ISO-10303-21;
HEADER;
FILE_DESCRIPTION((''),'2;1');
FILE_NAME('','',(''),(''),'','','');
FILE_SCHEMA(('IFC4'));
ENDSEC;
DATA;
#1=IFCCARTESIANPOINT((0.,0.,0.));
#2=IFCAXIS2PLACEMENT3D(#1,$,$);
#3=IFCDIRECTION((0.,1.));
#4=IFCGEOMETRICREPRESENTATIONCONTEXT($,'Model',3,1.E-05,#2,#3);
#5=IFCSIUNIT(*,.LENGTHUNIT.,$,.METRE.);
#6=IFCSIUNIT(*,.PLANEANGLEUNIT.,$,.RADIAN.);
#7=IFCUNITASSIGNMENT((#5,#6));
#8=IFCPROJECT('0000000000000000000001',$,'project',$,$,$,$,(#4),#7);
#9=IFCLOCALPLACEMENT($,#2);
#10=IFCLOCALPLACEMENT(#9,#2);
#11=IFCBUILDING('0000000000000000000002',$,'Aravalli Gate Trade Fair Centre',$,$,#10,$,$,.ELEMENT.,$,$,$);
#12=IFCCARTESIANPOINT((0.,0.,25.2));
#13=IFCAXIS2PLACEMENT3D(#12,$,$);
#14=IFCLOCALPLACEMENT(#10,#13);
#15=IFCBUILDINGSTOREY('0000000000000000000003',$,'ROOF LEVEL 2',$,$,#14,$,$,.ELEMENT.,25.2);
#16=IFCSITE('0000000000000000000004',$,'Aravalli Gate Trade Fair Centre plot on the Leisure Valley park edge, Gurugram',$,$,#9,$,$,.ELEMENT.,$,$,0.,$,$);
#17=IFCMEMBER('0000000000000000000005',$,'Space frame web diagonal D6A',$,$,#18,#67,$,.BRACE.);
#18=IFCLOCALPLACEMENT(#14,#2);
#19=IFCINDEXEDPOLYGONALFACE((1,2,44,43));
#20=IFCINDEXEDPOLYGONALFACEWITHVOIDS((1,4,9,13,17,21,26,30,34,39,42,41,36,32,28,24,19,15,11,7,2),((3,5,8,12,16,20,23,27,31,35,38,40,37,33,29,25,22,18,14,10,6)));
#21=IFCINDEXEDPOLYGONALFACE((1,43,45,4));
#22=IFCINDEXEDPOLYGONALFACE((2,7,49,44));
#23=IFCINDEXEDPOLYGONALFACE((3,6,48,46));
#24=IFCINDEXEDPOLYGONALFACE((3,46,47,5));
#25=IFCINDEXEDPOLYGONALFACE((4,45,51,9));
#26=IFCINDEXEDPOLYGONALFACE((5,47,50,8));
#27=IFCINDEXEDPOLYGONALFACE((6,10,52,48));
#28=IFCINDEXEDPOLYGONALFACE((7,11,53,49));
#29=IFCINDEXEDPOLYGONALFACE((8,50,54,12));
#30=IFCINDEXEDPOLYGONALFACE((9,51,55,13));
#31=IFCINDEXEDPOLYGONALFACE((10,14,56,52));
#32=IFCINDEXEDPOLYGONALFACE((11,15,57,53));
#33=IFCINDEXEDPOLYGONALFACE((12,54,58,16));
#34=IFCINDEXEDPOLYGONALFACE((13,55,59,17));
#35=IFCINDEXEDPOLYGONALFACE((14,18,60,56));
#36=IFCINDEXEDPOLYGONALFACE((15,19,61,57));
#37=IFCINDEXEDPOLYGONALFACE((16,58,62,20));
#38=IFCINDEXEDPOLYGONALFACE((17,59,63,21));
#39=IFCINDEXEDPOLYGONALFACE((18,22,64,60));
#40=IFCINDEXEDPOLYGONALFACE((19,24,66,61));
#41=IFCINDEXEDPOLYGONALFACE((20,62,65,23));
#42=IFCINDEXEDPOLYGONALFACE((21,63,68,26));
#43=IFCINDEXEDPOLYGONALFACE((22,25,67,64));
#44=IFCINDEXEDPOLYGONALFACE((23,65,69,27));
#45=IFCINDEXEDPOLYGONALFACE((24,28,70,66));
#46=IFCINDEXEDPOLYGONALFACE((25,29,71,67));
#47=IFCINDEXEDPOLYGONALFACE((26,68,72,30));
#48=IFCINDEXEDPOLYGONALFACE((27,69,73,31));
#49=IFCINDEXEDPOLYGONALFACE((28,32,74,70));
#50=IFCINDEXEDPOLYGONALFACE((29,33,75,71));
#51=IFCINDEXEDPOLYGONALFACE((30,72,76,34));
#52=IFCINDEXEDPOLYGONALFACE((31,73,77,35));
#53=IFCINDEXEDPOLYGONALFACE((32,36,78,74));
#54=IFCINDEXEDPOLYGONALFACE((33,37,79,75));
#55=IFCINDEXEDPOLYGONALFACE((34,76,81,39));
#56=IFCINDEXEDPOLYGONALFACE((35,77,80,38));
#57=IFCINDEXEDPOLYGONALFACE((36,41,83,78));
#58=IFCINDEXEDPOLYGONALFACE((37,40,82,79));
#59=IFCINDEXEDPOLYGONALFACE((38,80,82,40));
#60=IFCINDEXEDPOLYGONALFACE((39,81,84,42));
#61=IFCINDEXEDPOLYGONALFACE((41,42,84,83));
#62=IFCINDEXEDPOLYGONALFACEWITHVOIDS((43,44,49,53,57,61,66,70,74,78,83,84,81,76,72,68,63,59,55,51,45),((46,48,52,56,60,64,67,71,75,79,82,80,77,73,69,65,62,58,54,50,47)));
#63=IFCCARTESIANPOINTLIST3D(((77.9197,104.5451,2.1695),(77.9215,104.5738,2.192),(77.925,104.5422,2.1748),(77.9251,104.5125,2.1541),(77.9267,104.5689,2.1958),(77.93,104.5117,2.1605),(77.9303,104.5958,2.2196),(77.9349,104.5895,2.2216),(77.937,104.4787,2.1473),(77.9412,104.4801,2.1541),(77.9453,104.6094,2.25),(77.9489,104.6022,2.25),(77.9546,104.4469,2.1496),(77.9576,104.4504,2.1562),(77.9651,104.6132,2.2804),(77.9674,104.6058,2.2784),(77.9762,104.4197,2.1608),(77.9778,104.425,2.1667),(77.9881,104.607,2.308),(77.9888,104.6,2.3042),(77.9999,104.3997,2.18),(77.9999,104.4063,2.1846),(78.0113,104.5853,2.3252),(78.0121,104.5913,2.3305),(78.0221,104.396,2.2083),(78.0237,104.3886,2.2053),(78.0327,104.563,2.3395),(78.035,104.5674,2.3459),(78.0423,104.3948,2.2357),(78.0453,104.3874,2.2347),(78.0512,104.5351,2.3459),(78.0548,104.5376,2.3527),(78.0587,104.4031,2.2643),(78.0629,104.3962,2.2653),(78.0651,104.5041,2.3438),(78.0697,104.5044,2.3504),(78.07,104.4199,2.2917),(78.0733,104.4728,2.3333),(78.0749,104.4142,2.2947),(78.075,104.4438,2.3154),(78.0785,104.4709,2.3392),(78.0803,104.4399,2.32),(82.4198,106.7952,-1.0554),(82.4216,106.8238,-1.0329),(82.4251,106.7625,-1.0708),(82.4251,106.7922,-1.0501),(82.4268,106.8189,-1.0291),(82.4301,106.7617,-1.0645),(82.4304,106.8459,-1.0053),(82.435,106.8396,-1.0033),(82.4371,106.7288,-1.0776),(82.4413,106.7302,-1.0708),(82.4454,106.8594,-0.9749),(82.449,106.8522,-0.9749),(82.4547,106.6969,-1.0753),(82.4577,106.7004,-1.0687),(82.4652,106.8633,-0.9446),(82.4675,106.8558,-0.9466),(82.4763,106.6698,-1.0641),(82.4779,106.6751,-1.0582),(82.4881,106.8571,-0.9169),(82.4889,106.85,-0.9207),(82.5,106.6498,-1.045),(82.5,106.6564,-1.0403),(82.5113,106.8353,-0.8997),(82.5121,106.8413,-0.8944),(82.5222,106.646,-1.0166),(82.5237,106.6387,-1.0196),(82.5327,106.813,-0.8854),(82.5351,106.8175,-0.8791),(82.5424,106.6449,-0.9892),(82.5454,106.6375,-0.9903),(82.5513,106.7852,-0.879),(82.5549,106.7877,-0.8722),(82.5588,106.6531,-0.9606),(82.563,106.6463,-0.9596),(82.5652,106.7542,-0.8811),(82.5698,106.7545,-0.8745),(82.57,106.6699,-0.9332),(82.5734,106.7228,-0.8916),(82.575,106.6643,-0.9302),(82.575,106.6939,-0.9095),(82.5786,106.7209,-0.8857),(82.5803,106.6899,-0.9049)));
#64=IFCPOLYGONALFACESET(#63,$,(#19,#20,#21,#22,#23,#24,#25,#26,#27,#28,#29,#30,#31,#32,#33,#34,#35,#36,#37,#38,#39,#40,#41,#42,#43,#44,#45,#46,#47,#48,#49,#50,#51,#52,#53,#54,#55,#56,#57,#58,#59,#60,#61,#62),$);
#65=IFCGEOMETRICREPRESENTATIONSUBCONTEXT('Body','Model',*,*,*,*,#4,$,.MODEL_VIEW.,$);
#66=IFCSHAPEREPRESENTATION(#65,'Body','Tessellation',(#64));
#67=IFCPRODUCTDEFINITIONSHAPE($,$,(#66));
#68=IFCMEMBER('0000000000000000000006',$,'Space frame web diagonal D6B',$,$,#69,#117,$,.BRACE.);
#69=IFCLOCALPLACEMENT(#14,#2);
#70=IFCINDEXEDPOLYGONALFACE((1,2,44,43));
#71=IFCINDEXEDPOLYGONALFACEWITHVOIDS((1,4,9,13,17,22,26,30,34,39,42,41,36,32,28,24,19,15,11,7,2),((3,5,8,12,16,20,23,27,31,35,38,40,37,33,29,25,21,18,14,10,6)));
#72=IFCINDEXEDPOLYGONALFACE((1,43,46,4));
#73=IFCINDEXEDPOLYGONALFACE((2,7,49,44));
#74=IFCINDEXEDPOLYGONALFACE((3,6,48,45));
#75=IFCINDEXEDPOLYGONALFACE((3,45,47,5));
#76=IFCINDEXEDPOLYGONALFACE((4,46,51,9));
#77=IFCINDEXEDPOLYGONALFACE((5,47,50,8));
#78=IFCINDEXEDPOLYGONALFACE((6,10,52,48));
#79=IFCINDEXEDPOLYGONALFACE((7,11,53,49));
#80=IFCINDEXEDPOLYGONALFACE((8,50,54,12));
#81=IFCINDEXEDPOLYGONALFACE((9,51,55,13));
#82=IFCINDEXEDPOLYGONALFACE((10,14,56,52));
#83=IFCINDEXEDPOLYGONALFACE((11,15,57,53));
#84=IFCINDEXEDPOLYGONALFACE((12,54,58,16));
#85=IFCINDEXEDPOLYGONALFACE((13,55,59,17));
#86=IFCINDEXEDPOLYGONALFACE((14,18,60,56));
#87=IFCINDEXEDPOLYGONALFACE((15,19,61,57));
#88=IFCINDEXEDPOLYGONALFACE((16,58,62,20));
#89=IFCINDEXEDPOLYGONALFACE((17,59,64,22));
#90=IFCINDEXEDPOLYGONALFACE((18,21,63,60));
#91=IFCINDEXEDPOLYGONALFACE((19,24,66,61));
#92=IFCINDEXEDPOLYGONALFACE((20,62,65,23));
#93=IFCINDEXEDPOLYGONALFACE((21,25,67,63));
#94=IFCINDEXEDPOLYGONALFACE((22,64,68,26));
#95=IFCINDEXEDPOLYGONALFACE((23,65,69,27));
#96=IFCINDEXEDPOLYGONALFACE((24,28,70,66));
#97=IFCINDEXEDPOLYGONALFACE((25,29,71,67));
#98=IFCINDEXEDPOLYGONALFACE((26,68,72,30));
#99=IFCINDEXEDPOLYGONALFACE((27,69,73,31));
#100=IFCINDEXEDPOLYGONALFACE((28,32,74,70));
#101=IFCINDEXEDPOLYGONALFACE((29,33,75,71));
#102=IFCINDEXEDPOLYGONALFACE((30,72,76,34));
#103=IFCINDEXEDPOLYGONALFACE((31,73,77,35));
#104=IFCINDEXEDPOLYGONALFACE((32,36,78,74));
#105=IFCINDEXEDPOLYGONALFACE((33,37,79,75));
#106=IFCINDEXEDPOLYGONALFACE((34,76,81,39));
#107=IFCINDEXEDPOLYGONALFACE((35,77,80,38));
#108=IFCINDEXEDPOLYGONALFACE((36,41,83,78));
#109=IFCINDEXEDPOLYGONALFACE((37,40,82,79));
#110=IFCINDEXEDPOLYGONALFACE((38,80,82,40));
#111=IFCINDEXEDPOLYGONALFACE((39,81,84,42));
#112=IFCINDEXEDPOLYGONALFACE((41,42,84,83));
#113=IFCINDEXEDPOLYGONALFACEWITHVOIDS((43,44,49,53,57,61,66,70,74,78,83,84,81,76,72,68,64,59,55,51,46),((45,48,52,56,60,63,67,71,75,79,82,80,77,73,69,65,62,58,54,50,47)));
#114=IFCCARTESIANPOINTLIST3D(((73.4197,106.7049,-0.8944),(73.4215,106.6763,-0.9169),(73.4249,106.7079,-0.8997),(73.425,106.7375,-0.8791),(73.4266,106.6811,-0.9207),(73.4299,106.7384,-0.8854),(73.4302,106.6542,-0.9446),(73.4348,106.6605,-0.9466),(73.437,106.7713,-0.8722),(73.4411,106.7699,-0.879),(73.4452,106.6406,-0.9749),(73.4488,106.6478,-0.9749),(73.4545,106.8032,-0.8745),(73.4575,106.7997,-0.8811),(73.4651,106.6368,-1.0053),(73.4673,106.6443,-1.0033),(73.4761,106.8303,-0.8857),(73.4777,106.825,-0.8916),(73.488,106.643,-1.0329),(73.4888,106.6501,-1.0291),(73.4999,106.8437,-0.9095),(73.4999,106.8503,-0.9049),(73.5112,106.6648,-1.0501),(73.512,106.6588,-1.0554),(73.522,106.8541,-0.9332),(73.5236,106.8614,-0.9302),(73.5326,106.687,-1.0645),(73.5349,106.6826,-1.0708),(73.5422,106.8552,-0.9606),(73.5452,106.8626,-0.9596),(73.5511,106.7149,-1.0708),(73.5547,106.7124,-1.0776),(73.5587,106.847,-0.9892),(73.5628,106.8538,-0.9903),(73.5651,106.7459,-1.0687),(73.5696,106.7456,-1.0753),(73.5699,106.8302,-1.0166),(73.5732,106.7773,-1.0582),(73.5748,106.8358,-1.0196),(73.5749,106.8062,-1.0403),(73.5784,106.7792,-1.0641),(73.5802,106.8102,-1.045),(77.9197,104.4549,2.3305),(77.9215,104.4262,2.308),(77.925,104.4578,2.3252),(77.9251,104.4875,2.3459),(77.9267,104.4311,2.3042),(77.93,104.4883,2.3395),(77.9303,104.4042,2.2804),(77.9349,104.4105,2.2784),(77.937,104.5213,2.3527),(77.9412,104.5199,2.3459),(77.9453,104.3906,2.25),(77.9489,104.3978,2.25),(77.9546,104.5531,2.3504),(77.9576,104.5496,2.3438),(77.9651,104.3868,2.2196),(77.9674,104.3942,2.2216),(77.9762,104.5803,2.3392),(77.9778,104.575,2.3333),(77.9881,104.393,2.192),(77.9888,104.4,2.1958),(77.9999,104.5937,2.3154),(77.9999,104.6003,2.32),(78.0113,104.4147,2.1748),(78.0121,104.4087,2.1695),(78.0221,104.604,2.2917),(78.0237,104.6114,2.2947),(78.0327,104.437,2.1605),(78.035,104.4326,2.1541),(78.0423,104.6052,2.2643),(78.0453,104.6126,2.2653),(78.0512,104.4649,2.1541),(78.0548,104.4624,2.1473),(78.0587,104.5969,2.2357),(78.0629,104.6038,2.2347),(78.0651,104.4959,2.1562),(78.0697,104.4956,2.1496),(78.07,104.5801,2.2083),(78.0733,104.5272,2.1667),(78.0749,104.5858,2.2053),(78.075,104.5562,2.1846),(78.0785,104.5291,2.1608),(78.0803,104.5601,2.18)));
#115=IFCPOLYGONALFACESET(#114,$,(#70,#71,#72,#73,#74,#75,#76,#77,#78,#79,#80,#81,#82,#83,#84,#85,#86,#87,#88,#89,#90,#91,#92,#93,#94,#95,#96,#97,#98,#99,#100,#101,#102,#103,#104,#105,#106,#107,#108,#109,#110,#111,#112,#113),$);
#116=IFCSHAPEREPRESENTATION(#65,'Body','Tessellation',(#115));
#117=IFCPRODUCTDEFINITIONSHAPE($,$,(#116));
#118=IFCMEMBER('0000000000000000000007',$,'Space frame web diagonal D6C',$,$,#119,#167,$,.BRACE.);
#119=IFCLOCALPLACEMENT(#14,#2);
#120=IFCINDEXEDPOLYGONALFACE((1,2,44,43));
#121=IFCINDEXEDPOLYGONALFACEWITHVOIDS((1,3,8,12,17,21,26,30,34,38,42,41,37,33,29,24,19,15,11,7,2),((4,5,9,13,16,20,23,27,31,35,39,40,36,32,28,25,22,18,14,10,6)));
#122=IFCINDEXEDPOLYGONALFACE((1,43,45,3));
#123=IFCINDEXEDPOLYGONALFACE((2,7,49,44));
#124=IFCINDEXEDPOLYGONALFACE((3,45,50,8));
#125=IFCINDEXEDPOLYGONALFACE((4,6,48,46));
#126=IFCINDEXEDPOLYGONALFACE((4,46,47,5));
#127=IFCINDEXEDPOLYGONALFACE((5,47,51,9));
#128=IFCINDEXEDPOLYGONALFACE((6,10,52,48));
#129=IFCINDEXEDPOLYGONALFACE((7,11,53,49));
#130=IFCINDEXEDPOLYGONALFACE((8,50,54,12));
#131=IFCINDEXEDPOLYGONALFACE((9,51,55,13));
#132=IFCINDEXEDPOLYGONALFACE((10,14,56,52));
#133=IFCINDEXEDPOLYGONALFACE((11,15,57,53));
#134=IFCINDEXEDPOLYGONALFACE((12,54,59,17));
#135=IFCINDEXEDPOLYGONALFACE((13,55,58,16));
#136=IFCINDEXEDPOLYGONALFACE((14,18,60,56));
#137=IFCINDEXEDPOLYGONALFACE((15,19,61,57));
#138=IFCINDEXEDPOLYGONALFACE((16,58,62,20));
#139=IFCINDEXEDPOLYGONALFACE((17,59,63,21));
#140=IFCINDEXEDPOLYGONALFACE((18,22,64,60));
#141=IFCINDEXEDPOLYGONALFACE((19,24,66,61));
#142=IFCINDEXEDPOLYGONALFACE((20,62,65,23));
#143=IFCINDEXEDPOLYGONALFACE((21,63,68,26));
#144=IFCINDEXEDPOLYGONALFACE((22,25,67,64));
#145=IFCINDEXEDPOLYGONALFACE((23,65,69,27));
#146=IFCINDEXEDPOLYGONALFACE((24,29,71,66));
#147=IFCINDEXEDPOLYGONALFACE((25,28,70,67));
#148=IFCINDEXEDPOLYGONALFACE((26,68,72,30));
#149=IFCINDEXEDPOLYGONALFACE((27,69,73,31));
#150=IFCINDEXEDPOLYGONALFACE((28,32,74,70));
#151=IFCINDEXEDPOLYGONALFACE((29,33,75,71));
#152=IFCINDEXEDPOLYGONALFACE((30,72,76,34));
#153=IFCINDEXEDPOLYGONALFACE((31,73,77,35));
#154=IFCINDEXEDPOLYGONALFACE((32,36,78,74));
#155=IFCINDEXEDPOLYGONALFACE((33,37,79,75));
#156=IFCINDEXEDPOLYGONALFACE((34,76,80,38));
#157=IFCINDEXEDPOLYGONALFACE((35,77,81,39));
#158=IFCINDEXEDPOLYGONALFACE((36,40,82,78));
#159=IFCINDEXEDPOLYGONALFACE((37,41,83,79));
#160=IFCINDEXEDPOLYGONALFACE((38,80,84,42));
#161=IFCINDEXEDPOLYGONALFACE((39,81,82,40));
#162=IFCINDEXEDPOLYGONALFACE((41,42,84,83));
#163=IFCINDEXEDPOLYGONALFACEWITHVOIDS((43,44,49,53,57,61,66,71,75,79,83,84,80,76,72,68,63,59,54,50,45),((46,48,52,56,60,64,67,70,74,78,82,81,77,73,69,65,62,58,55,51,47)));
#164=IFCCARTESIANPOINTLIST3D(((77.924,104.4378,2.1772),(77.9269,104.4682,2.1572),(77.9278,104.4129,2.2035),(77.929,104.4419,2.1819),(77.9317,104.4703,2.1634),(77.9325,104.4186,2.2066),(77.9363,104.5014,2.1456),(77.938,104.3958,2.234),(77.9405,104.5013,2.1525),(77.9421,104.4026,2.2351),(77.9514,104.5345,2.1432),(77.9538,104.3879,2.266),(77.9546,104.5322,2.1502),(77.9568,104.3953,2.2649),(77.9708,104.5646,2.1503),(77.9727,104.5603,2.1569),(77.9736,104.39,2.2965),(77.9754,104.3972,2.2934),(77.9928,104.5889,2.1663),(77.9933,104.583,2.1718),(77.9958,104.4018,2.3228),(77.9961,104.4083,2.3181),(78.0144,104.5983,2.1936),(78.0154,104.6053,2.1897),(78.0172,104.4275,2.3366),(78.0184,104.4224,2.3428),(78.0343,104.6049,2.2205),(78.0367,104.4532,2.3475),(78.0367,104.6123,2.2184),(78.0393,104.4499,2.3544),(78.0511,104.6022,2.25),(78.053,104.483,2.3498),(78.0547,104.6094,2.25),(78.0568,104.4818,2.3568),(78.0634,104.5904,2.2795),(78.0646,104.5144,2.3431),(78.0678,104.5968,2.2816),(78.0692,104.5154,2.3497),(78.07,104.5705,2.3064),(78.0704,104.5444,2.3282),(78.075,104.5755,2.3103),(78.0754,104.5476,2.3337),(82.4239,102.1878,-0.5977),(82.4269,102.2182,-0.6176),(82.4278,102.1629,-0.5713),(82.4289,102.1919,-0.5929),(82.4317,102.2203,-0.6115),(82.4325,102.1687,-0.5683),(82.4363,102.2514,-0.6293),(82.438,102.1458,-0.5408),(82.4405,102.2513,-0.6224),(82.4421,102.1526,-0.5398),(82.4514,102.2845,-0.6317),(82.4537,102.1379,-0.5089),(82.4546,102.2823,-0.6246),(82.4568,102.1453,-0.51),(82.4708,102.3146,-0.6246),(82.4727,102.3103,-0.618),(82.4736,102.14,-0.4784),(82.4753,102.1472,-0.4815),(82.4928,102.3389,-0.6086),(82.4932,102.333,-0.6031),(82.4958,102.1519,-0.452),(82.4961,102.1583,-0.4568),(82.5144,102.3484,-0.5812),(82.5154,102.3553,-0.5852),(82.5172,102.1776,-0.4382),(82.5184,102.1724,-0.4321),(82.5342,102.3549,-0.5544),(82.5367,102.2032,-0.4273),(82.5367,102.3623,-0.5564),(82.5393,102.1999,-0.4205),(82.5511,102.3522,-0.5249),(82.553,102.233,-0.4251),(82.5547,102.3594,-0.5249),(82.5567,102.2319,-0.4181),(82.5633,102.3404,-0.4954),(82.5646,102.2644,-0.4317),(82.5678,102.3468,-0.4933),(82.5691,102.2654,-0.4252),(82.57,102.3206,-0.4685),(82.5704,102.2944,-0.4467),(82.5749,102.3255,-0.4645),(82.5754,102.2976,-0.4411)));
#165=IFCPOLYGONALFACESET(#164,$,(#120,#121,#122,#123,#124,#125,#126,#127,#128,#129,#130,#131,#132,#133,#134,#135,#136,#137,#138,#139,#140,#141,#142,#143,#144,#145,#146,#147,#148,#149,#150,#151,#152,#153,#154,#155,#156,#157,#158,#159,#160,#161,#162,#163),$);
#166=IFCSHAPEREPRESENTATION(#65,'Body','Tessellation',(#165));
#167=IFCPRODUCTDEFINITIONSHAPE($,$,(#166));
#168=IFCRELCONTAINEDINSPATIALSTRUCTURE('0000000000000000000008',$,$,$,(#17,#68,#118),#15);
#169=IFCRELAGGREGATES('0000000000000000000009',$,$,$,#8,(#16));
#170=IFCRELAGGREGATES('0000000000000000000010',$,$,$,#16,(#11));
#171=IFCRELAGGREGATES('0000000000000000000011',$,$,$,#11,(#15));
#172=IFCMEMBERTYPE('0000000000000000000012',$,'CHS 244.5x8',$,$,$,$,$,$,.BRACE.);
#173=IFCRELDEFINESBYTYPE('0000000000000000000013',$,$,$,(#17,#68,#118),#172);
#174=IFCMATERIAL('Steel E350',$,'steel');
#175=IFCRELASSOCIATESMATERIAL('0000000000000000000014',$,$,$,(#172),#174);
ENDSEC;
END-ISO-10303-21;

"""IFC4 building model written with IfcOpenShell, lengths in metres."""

from ifc_helpers import new_model, si_unit, direction, frame, origin, origin_2d, place, context, subcontext, project, spatial, hollow_circle, extrude, material, material_profile, profile_set, type_object, element, save


model = new_model("IFC4")

# Units and contexts
model_context = context("Model", 3, precision=1e-05, world=origin(), true_north=direction((0.0, 1.0)))
body_context = subcontext(model_context, "Body", "Model", "MODEL_VIEW")
ifc_project = project(units=[si_unit("LENGTHUNIT", "METRE"), si_unit("PLANEANGLEUNIT", "RADIAN")], contexts=[model_context])

# Site, building, storey
site_placement = place(None, origin())
site = spatial("IfcSite", under=ifc_project, at=site_placement, Name="Aravalli Gate Trade Fair Centre plot on the Leisure Valley park edge, Gurugram", CompositionType="ELEMENT", RefElevation=0.0)
building_placement = place(site_placement, origin())
building = spatial("IfcBuilding", under=site, at=building_placement, Name="Aravalli Gate Trade Fair Centre", CompositionType="ELEMENT")
storey_placement = place(building_placement, frame((0.0, 0.0, 25.2)))
storey = spatial("IfcBuildingStorey", under=building, at=storey_placement, Name="ROOF LEVEL 2", CompositionType="ELEMENT", Elevation=25.2)

# Members
ifc_material_1 = material(Name="Steel E350", Category="steel")
ifc_material_profile_1 = material_profile(ifc_material_1, hollow_circle(Radius=0.1223, WallThickness=0.0081, at=origin_2d()), Name="CHS 244.5x8")
ifc_profile_set_1 = profile_set([ifc_material_profile_1], Name="Steel E350")
member_type_1 = type_object("IfcMemberType", Name="CHS 244.5x8", PredefinedType="BRACE", material=ifc_profile_set_1)
for number, where, z_axis, x_axis, name in (
    (1, (78.0, 104.5, 2.25), (0.753016, 0.376508, -0.539637), (-0.447214, 0.894427, 0.0), "Space frame web diagonal D6A"),
    (2, (78.0, 104.5, 2.25), (-0.753016, 0.376508, -0.539637), (-0.447214, -0.894427, 0.0), "Space frame web diagonal D6B"),
):
    element("IfcMember", number, at=place(storey_placement, frame(where, z_axis=z_axis, x_axis=x_axis)), inside=storey, type_object=member_type_1, Name=name, PredefinedType="BRACE", context=body_context, shape_type="SweptSolid", body=[
        extrude(hollow_circle(Radius=0.1223, WallThickness=0.0081, at=origin_2d()), origin(), (0.0, 0.0, 1.0), 5.9761),
    ])
for number, where, z_axis, x_axis, name in (
    (3, (78.0, 104.5, 2.25), (0.7832, -0.3916, -0.482956), (0.447214, 0.894427, 0.0), "Space frame web diagonal D6C"),
):
    element("IfcMember", number, at=place(storey_placement, frame(where, z_axis=z_axis, x_axis=x_axis)), inside=storey, type_object=member_type_1, Name=name, PredefinedType="BRACE", context=body_context, shape_type="SweptSolid", body=[
        extrude(hollow_circle(Radius=0.1223, WallThickness=0.0081, at=origin_2d()), origin(), (0.0, 0.0, 1.0), 5.7456),
    ])

save(model, "model.ifc")
